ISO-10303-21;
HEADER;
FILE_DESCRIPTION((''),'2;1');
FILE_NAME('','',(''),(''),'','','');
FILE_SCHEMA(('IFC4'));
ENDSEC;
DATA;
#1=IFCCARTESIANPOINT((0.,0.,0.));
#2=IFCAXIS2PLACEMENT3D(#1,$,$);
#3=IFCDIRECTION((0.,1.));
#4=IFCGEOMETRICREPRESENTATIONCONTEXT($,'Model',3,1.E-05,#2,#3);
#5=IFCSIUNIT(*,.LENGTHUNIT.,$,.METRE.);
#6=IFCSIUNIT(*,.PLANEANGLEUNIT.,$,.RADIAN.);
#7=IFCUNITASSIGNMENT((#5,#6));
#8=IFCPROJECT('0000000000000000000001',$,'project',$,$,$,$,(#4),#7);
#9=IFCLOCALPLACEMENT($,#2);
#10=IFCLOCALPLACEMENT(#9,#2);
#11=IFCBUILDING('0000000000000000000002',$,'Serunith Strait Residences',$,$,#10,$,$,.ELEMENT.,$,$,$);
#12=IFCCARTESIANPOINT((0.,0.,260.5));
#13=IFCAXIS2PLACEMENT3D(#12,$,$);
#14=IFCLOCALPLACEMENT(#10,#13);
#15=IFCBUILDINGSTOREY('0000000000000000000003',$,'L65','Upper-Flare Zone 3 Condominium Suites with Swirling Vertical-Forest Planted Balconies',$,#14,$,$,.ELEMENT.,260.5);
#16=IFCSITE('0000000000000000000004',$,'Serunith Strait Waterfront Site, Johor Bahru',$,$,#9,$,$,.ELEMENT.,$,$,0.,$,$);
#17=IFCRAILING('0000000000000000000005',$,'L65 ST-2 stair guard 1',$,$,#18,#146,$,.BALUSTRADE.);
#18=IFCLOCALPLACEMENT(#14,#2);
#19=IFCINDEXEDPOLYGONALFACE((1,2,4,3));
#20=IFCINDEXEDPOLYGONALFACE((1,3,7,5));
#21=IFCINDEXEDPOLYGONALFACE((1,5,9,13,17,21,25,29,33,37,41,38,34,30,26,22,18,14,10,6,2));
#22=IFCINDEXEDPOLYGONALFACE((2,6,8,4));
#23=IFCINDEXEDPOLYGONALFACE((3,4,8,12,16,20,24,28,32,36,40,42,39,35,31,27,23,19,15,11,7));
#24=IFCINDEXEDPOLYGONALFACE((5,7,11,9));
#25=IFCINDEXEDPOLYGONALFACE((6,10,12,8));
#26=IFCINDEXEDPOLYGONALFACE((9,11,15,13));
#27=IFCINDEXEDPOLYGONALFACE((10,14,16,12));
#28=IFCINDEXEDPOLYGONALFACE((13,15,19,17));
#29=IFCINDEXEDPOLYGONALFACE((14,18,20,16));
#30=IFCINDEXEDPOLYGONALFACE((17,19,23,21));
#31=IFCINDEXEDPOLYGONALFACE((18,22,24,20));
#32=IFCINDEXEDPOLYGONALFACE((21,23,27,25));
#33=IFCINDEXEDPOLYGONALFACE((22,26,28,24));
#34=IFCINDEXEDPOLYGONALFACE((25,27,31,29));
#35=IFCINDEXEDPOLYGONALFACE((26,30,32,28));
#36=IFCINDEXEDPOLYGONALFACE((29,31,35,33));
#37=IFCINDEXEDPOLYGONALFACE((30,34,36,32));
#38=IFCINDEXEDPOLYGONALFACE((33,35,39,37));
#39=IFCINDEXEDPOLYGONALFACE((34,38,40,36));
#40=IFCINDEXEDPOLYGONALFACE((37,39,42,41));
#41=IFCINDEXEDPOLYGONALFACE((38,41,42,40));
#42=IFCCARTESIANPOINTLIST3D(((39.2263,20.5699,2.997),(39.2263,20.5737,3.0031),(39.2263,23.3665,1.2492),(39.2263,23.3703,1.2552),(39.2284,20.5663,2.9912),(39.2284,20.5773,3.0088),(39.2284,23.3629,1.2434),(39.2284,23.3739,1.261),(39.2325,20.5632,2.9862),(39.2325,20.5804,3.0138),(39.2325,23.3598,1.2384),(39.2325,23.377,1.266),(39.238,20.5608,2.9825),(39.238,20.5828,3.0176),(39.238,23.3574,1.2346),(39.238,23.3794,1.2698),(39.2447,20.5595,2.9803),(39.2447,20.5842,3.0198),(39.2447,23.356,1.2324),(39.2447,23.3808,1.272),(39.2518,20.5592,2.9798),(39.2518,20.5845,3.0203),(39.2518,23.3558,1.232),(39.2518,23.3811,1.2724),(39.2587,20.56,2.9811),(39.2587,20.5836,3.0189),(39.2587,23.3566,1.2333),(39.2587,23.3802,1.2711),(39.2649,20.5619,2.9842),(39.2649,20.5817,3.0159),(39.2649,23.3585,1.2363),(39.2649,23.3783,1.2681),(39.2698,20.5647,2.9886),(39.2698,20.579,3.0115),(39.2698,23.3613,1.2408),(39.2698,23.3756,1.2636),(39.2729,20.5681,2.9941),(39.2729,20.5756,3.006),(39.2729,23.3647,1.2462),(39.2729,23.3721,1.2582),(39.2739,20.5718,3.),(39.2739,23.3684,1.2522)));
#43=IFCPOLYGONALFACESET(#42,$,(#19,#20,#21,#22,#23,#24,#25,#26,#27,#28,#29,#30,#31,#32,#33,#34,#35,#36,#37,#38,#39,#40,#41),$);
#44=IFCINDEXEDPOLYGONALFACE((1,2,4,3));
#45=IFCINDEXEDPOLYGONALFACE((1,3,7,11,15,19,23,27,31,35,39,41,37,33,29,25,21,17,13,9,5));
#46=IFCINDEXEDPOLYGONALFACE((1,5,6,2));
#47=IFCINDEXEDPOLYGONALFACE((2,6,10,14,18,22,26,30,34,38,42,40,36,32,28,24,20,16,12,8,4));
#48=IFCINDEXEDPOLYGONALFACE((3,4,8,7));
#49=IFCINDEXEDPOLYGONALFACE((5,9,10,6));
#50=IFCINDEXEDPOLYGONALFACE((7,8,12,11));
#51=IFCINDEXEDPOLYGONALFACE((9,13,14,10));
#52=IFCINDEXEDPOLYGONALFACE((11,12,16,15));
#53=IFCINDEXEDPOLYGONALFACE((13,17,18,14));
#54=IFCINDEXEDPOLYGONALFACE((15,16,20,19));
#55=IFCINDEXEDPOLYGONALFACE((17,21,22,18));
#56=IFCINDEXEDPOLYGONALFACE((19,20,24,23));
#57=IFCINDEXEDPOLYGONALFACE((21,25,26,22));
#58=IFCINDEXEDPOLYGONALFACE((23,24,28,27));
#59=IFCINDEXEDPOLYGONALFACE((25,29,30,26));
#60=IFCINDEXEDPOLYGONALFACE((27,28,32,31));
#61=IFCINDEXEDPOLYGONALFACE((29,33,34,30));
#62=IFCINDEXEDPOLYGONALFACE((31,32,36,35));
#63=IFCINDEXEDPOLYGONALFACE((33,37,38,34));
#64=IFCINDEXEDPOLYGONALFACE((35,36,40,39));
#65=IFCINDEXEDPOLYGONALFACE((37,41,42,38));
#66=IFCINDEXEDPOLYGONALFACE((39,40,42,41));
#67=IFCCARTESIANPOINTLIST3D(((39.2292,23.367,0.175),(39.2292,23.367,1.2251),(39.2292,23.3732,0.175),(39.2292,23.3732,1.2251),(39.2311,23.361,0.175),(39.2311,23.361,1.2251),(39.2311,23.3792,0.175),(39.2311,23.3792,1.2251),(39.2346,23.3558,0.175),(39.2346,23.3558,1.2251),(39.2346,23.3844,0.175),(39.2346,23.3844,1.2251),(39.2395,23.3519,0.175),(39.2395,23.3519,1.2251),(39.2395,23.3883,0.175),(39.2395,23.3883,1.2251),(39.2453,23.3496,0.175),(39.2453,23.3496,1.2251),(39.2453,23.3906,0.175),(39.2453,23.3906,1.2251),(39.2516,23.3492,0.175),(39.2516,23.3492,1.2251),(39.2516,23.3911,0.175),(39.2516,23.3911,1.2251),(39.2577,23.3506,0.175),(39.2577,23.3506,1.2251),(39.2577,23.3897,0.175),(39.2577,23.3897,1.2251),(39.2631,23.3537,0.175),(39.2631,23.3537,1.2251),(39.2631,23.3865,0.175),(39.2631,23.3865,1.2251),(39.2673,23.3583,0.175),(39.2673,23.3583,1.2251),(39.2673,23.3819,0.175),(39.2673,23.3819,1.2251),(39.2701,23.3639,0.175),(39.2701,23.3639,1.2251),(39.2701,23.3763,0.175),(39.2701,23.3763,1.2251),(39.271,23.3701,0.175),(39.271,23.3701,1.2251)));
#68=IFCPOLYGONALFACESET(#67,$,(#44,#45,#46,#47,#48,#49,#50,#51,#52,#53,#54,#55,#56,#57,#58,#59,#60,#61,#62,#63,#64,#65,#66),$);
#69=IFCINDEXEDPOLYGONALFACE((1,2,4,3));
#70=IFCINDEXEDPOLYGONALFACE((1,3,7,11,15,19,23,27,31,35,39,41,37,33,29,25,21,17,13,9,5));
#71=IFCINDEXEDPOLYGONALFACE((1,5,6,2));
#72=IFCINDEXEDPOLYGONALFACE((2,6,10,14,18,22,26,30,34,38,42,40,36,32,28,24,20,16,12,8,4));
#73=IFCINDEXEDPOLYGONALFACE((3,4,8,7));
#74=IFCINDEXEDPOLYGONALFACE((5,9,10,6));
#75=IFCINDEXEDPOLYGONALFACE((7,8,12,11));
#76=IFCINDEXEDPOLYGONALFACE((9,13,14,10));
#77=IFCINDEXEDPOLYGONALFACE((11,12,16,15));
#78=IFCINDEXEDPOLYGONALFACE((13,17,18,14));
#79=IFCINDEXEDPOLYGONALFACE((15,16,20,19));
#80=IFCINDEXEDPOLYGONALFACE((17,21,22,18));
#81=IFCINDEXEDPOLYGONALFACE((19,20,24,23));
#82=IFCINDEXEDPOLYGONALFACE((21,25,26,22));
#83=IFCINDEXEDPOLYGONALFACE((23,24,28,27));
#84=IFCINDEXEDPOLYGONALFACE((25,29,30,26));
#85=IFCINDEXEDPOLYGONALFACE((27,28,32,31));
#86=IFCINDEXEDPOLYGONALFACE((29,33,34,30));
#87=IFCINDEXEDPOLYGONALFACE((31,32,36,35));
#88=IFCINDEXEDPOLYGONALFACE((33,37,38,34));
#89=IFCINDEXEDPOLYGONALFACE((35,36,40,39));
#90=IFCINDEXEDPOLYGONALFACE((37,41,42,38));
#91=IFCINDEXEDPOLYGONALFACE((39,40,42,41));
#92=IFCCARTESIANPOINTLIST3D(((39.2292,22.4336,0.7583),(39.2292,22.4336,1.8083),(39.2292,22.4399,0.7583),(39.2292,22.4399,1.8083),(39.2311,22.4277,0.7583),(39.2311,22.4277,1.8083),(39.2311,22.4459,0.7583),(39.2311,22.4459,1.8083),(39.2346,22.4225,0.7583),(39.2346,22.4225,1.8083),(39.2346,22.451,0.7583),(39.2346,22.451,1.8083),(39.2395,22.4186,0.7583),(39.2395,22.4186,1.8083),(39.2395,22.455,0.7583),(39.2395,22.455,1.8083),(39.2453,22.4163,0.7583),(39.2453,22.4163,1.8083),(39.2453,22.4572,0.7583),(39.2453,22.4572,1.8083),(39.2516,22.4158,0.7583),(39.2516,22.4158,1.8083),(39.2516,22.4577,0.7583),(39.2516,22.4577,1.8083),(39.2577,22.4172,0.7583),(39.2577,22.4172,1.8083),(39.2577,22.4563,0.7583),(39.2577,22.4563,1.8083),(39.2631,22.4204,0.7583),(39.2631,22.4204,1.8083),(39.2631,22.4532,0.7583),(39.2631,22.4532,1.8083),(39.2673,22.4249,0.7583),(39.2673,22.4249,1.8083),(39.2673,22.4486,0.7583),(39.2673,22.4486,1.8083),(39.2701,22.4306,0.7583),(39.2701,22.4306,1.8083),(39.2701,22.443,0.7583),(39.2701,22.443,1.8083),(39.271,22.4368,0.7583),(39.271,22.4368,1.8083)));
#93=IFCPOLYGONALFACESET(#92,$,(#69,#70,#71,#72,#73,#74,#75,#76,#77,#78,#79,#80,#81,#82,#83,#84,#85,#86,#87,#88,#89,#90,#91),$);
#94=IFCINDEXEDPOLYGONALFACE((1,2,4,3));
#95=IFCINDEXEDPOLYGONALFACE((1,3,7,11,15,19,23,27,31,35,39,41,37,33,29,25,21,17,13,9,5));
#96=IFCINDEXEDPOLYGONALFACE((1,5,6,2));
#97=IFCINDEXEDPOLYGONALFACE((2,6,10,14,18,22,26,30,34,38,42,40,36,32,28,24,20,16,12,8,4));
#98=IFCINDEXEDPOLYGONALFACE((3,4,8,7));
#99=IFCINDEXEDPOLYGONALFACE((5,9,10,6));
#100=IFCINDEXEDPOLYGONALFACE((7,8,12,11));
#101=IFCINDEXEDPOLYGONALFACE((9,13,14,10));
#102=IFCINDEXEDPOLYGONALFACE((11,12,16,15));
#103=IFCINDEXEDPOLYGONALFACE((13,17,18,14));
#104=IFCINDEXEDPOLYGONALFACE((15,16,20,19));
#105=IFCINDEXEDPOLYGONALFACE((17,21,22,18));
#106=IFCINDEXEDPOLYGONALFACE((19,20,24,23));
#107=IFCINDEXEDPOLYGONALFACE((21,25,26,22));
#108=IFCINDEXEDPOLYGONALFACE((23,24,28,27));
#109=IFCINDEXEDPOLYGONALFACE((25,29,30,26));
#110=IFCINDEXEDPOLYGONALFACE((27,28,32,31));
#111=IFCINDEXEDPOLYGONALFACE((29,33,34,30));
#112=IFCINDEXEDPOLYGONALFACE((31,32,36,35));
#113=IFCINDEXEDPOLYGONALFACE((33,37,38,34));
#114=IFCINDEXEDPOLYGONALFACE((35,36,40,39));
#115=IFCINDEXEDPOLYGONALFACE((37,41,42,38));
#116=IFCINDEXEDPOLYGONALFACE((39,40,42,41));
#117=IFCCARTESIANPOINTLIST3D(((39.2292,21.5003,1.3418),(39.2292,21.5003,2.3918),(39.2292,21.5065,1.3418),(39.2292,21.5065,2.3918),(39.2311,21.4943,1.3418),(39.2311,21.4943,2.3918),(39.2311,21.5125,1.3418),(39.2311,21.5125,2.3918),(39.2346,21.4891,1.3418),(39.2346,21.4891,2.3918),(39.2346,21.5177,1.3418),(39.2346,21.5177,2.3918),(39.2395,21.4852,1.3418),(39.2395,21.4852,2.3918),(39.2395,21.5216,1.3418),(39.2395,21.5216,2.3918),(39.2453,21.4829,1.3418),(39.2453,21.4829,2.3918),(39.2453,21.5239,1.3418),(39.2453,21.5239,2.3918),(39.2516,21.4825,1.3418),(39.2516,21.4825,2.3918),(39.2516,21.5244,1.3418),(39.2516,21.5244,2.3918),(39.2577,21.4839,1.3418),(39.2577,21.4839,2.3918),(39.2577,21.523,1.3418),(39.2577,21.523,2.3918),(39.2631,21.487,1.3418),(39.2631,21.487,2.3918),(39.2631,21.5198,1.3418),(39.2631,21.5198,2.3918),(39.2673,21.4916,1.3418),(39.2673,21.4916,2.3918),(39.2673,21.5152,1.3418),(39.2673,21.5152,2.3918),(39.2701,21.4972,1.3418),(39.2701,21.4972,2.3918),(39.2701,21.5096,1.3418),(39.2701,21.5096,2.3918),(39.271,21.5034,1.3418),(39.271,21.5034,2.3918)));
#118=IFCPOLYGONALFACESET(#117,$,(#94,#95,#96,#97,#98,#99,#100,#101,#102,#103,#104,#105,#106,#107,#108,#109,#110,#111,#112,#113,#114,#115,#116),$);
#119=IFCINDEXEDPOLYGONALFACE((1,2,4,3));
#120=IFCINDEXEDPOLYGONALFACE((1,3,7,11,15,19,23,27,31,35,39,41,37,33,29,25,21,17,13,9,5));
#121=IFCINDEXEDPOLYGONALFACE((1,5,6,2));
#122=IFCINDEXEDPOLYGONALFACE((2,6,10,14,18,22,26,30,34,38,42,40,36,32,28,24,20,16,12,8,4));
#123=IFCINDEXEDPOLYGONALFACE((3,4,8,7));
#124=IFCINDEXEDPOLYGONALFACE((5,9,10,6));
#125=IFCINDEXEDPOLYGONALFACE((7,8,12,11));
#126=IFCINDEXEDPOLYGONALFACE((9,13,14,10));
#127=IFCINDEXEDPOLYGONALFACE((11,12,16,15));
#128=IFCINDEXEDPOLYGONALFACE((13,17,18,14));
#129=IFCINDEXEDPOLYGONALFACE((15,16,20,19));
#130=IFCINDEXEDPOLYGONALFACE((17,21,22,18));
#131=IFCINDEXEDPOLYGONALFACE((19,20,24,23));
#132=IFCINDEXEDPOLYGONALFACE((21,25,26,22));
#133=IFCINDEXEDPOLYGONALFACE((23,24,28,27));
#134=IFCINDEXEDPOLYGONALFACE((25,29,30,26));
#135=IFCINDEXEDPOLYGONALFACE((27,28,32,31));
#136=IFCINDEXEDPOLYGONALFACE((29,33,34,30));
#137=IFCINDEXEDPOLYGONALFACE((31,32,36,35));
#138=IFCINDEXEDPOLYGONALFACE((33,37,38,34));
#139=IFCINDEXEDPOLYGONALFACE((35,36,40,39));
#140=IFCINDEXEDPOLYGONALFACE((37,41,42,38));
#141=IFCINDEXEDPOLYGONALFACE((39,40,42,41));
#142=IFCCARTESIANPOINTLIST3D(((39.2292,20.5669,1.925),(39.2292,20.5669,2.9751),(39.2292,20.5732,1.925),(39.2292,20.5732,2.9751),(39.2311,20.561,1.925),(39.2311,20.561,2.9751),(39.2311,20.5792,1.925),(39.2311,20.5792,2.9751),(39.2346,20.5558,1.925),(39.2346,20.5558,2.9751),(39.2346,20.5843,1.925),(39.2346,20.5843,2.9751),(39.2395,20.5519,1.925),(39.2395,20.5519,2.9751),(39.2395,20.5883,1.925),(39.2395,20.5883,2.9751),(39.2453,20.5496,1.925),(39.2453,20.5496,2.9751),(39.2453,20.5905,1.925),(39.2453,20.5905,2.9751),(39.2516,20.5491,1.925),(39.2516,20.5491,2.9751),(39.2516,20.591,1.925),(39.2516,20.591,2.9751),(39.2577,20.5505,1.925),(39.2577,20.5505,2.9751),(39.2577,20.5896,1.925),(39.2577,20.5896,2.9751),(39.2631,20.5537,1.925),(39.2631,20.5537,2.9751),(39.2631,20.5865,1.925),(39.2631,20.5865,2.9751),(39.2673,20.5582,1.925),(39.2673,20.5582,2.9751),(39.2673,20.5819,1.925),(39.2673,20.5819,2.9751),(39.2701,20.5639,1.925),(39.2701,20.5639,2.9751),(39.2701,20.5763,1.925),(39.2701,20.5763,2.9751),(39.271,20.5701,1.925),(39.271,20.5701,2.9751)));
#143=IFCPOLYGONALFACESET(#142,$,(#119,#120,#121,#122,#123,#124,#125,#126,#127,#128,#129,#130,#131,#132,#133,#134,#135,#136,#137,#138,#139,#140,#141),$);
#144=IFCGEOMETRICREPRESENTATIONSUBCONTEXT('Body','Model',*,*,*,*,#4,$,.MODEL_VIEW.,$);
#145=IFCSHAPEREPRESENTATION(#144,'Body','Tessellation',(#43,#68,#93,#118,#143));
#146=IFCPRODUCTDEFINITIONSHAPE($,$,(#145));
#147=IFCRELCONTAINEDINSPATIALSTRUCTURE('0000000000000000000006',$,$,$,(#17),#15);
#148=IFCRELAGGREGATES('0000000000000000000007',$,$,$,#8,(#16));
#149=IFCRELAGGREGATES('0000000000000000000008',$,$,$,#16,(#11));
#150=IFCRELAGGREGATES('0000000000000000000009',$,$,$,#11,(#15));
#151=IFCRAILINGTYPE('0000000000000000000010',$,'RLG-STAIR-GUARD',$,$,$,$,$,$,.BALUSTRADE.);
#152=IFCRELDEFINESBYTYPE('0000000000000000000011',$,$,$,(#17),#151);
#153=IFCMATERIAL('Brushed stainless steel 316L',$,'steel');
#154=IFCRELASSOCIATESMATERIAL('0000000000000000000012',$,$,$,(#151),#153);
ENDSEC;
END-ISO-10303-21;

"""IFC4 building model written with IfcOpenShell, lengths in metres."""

from ifc_helpers import new_model, si_unit, direction, frame, origin, origin_2d, place, context, subcontext, project, spatial, circle, extrude, material, type_object, element, save


model = new_model("IFC4")

# Units and contexts
model_context = context("Model", 3, precision=1e-05, world=origin(), true_north=direction((0.0, 1.0)))
body_context = subcontext(model_context, "Body", "Model", "MODEL_VIEW")
ifc_project = project(units=[si_unit("LENGTHUNIT", "METRE"), si_unit("PLANEANGLEUNIT", "RADIAN")], contexts=[model_context])

# Site, building, storey
site_placement = place(None, origin())
site = spatial("IfcSite", under=ifc_project, at=site_placement, Name="Serunith Strait Waterfront Site, Johor Bahru", CompositionType="ELEMENT", RefElevation=0.0)
building_placement = place(site_placement, origin())
building = spatial("IfcBuilding", under=site, at=building_placement, Name="Serunith Strait Residences", CompositionType="ELEMENT")
storey_placement = place(building_placement, frame((0.0, 0.0, 260.5)))
storey = spatial("IfcBuildingStorey", under=building, at=storey_placement, Name="L65", Description="Upper-Flare Zone 3 Condominium Suites with Swirling Vertical-Forest Planted Balconies", CompositionType="ELEMENT", Elevation=260.5)

# Railing
ifc_material_1 = material(Name="Brushed stainless steel 316L", Category="steel")
railing_type_1 = type_object("IfcRailingType", Name="RLG-STAIR-GUARD", PredefinedType="BALUSTRADE", material=ifc_material_1)
railing_1_placement = place(storey_placement, frame((39.25, 23.3701, 0.175)))
element("IfcRailing", 1, at=railing_1_placement, inside=storey, type_object=railing_type_1, Name="L65 ST-2 stair guard 1", PredefinedType="BALUSTRADE", context=body_context, shape_type="SweptSolid", body=[
    extrude(circle(Radius=0.0239, at=origin_2d()), frame((0.0, -0.0017, 1.0771), z_axis=(0.0, -0.848002, 0.529992), x_axis=(1.0, 0.0, 0.0)), (0.0, 0.0, 1.0), 3.2979),
    extrude(circle(Radius=0.021, at=origin_2d()), origin(), (0.0, 0.0, 1.0), 1.05),
    extrude(circle(Radius=0.021, at=origin_2d()), frame((0.0, -0.9333, 0.5833)), (0.0, 0.0, 1.0), 1.05),
    extrude(circle(Radius=0.021, at=origin_2d()), frame((0.0, -1.8667, 1.1667)), (0.0, 0.0, 1.0), 1.05),
    extrude(circle(Radius=0.021, at=origin_2d()), frame((0.0, -2.8, 1.75)), (0.0, 0.0, 1.0), 1.05),
])

save(model, "model.ifc")
